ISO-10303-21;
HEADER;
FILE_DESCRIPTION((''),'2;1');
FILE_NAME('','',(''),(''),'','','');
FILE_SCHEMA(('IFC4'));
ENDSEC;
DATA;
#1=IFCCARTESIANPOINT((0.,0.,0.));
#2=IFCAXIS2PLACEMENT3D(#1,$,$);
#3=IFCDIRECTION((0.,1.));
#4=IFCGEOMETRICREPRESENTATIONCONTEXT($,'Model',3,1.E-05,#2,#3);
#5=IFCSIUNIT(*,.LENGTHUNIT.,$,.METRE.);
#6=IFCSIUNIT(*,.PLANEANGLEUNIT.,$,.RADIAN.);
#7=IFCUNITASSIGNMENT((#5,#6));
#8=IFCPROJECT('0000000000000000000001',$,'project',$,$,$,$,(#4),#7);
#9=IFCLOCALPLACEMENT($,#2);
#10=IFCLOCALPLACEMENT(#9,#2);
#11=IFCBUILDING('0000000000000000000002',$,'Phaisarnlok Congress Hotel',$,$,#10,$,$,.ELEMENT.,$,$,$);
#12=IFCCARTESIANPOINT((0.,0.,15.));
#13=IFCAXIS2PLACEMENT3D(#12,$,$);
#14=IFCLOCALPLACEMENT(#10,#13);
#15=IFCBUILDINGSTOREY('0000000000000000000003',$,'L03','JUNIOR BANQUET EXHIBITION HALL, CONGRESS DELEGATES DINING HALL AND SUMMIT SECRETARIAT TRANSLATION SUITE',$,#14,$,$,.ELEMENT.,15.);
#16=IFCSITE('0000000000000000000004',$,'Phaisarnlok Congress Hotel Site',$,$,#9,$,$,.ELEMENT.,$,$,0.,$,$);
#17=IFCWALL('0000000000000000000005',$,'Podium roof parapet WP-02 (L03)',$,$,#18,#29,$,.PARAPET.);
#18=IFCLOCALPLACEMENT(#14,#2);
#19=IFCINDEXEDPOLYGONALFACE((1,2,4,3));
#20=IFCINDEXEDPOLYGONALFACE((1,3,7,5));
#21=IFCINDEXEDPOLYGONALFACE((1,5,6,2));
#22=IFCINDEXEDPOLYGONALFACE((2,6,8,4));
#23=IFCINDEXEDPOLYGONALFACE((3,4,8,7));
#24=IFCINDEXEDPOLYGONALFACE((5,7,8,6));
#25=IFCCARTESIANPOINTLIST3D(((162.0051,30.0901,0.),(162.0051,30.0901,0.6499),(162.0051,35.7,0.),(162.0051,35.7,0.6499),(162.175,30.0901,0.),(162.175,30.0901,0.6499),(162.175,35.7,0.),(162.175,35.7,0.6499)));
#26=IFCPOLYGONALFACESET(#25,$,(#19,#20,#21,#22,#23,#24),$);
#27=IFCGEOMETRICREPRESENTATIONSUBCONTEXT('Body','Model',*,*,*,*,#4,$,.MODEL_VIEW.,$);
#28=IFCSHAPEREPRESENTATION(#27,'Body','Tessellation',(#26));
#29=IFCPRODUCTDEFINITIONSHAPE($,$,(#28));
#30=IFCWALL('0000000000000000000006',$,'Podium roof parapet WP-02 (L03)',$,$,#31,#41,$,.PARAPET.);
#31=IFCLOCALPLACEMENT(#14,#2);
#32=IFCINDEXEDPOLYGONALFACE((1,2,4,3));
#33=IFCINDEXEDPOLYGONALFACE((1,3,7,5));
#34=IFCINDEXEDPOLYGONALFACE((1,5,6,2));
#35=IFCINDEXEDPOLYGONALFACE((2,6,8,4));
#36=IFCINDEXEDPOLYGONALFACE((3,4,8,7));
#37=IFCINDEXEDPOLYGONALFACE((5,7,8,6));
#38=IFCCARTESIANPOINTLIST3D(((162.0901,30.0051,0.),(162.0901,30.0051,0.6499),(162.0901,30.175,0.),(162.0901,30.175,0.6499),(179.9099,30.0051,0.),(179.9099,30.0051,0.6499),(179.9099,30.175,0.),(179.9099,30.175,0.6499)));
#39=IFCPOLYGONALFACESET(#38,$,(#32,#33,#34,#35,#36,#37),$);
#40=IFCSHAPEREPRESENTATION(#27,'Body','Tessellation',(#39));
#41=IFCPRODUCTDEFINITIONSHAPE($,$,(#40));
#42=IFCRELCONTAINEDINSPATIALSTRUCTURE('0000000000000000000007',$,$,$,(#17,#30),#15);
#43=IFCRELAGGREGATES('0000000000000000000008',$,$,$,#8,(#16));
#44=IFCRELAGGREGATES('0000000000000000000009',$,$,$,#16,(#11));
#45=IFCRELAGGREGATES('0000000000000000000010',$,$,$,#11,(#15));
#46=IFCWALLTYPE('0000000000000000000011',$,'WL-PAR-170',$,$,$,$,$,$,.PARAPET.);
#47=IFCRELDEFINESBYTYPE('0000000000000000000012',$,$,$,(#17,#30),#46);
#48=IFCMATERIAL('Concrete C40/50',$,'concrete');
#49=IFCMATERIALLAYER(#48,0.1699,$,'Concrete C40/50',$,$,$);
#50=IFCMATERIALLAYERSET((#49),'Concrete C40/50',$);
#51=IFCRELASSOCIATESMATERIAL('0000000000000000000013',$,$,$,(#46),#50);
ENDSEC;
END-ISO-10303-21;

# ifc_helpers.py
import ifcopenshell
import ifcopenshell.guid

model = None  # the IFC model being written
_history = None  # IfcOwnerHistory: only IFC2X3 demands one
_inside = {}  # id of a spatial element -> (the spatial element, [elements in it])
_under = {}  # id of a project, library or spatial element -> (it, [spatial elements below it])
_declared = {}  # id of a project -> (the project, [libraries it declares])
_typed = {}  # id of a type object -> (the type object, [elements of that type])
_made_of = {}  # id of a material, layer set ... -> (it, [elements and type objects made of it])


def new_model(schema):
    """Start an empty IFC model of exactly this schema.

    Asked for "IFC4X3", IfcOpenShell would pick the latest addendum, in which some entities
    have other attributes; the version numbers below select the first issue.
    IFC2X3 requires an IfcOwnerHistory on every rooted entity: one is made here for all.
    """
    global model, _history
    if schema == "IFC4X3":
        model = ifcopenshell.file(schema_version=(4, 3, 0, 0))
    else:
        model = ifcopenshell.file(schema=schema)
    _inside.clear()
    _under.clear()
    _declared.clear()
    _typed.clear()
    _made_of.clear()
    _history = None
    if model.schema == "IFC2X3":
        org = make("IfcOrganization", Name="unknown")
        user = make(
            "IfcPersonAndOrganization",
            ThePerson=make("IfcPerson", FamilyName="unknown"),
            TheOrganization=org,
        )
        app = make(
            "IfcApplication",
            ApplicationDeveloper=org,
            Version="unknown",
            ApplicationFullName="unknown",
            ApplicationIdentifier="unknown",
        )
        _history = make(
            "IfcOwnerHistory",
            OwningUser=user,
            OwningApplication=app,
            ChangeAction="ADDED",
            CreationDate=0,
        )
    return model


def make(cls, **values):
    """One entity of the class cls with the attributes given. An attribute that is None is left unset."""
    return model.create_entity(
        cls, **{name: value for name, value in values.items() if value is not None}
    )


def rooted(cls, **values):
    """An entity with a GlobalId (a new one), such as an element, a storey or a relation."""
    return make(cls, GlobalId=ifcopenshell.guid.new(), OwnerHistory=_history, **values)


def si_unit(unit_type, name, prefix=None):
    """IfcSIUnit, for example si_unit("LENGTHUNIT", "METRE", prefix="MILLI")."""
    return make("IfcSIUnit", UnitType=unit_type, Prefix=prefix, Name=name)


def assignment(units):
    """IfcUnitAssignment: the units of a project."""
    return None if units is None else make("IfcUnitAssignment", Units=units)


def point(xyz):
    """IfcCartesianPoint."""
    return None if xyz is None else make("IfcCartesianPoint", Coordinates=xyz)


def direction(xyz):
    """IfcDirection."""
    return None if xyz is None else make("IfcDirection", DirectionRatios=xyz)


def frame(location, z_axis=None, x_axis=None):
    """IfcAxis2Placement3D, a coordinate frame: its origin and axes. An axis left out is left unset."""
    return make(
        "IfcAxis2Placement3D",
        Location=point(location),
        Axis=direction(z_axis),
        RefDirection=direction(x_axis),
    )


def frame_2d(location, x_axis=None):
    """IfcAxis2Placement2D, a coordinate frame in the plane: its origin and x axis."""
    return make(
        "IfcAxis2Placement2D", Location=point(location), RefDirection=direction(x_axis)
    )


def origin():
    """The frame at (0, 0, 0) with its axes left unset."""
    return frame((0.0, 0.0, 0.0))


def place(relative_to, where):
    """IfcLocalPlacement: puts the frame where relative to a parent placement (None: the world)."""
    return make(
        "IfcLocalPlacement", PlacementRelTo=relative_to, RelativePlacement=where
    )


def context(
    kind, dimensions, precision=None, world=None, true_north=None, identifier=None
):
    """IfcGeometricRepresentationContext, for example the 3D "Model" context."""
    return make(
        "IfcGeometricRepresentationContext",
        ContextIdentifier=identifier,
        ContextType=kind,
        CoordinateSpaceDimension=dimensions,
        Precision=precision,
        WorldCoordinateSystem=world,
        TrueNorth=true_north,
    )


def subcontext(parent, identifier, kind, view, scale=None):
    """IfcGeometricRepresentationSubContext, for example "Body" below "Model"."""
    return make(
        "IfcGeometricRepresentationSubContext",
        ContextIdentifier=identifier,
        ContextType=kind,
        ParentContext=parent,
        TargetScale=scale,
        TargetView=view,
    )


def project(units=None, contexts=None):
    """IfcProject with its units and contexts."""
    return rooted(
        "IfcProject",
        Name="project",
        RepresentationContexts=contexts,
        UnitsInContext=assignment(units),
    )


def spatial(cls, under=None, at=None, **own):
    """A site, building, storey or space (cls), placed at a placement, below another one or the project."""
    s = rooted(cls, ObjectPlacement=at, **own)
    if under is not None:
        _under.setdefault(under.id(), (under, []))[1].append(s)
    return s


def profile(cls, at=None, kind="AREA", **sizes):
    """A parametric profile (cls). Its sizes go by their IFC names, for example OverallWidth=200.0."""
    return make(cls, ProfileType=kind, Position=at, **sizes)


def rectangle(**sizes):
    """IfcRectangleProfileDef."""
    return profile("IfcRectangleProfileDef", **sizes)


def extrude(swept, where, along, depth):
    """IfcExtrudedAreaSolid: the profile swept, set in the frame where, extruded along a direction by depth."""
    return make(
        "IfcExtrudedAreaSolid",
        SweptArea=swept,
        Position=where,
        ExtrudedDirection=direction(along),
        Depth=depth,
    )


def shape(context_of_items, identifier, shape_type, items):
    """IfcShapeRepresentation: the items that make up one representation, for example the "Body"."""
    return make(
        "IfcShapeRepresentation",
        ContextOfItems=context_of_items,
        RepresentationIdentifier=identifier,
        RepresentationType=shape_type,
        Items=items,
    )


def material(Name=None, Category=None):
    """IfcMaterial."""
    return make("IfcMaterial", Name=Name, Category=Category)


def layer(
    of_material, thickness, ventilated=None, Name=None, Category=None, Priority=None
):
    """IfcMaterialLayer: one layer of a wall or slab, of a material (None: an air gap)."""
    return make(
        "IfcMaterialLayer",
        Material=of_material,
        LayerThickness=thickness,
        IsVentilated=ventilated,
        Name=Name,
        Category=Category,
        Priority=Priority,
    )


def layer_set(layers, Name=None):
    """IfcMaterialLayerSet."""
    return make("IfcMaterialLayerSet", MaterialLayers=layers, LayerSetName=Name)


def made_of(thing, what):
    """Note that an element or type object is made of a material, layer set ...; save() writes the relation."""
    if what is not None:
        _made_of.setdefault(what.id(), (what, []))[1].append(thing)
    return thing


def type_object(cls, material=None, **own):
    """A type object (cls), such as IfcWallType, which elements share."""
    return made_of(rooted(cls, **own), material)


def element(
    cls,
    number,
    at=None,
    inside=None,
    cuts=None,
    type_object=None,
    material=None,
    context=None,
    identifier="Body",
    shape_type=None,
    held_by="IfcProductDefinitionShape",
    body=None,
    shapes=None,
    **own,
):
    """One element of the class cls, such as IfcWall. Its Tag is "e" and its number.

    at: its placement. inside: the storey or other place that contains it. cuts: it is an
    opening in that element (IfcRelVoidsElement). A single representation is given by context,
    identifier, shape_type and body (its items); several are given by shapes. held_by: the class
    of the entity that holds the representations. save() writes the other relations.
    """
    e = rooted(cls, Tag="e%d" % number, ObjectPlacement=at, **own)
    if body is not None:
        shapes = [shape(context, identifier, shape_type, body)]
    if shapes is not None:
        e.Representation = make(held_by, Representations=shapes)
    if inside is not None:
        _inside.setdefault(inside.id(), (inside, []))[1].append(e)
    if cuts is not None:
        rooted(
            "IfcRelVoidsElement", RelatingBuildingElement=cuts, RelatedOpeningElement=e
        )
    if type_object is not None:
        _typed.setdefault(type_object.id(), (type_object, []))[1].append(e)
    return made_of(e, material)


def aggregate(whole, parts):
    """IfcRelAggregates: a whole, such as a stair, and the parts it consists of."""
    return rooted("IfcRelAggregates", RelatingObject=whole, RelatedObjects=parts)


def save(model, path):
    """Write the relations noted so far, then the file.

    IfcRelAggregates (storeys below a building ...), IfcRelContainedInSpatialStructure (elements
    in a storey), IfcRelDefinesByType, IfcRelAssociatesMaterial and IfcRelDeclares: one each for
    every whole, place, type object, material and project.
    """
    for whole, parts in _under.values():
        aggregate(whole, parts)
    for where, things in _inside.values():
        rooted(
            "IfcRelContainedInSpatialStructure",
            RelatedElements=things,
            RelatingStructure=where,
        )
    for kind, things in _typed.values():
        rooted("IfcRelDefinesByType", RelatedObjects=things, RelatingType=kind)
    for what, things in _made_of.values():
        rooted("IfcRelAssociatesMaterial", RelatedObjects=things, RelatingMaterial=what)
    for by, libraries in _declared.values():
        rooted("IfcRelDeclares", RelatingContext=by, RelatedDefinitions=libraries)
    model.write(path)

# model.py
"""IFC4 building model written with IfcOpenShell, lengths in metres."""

from ifc_helpers import new_model, si_unit, direction, frame, frame_2d, origin, place, context, subcontext, project, spatial, rectangle, extrude, material, layer, layer_set, type_object, element, save


model = new_model("IFC4")

# Units and contexts
model_context = context("Model", 3, precision=1e-05, world=origin(), true_north=direction((0.0, 1.0)))
body_context = subcontext(model_context, "Body", "Model", "MODEL_VIEW")
ifc_project = project(units=[si_unit("LENGTHUNIT", "METRE"), si_unit("PLANEANGLEUNIT", "RADIAN")], contexts=[model_context])

# Site, building, storey
site_placement = place(None, origin())
site = spatial("IfcSite", under=ifc_project, at=site_placement, Name="Phaisarnlok Congress Hotel Site", CompositionType="ELEMENT", RefElevation=0.0)
building_placement = place(site_placement, origin())
building = spatial("IfcBuilding", under=site, at=building_placement, Name="Phaisarnlok Congress Hotel", CompositionType="ELEMENT")
storey_placement = place(building_placement, frame((0.0, 0.0, 15.0)))
storey = spatial("IfcBuildingStorey", under=building, at=storey_placement, Name="L03", Description="JUNIOR BANQUET EXHIBITION HALL, CONGRESS DELEGATES DINING HALL AND SUMMIT SECRETARIAT TRANSLATION SUITE", CompositionType="ELEMENT", Elevation=15.0)

# Shared definitions
ifc_material_1 = material(Name="Concrete C40/50", Category="concrete")

# Walls
ifc_layer_1 = layer(ifc_material_1, 0.1699, Name="Concrete C40/50")
ifc_layer_set_1 = layer_set([ifc_layer_1], Name="Concrete C40/50")
wall_type_1 = type_object("IfcWallType", Name="WL-PAR-170", PredefinedType="PARAPET", material=ifc_layer_set_1)
wall_1_placement = place(storey_placement, frame((162.0901, 35.7, 0.0), z_axis=(0.0, 0.0, 1.0), x_axis=(0.0, -1.0, 0.0)))
element("IfcWall", 1, at=wall_1_placement, inside=storey, type_object=wall_type_1, Name="Podium roof parapet WP-02 (L03)", PredefinedType="PARAPET", context=body_context, shape_type="SweptSolid", body=[
    extrude(rectangle(XDim=5.6099, YDim=0.1699, at=frame_2d((2.8049, 0.0))), origin(), (0.0, 0.0, 1.0), 0.6499),
])
wall_2_placement = place(storey_placement, frame((162.0901, 30.0901, 0.0), z_axis=(0.0, 0.0, 1.0), x_axis=(1.0, 0.0, 0.0)))
element("IfcWall", 2, at=wall_2_placement, inside=storey, type_object=wall_type_1, Name="Podium roof parapet WP-02 (L03)", PredefinedType="PARAPET", context=body_context, shape_type="SweptSolid", body=[
    extrude(rectangle(XDim=17.8198, YDim=0.1699, at=frame_2d((8.9099, 0.0))), origin(), (0.0, 0.0, 1.0), 0.6499),
])

save(model, "model.ifc")
